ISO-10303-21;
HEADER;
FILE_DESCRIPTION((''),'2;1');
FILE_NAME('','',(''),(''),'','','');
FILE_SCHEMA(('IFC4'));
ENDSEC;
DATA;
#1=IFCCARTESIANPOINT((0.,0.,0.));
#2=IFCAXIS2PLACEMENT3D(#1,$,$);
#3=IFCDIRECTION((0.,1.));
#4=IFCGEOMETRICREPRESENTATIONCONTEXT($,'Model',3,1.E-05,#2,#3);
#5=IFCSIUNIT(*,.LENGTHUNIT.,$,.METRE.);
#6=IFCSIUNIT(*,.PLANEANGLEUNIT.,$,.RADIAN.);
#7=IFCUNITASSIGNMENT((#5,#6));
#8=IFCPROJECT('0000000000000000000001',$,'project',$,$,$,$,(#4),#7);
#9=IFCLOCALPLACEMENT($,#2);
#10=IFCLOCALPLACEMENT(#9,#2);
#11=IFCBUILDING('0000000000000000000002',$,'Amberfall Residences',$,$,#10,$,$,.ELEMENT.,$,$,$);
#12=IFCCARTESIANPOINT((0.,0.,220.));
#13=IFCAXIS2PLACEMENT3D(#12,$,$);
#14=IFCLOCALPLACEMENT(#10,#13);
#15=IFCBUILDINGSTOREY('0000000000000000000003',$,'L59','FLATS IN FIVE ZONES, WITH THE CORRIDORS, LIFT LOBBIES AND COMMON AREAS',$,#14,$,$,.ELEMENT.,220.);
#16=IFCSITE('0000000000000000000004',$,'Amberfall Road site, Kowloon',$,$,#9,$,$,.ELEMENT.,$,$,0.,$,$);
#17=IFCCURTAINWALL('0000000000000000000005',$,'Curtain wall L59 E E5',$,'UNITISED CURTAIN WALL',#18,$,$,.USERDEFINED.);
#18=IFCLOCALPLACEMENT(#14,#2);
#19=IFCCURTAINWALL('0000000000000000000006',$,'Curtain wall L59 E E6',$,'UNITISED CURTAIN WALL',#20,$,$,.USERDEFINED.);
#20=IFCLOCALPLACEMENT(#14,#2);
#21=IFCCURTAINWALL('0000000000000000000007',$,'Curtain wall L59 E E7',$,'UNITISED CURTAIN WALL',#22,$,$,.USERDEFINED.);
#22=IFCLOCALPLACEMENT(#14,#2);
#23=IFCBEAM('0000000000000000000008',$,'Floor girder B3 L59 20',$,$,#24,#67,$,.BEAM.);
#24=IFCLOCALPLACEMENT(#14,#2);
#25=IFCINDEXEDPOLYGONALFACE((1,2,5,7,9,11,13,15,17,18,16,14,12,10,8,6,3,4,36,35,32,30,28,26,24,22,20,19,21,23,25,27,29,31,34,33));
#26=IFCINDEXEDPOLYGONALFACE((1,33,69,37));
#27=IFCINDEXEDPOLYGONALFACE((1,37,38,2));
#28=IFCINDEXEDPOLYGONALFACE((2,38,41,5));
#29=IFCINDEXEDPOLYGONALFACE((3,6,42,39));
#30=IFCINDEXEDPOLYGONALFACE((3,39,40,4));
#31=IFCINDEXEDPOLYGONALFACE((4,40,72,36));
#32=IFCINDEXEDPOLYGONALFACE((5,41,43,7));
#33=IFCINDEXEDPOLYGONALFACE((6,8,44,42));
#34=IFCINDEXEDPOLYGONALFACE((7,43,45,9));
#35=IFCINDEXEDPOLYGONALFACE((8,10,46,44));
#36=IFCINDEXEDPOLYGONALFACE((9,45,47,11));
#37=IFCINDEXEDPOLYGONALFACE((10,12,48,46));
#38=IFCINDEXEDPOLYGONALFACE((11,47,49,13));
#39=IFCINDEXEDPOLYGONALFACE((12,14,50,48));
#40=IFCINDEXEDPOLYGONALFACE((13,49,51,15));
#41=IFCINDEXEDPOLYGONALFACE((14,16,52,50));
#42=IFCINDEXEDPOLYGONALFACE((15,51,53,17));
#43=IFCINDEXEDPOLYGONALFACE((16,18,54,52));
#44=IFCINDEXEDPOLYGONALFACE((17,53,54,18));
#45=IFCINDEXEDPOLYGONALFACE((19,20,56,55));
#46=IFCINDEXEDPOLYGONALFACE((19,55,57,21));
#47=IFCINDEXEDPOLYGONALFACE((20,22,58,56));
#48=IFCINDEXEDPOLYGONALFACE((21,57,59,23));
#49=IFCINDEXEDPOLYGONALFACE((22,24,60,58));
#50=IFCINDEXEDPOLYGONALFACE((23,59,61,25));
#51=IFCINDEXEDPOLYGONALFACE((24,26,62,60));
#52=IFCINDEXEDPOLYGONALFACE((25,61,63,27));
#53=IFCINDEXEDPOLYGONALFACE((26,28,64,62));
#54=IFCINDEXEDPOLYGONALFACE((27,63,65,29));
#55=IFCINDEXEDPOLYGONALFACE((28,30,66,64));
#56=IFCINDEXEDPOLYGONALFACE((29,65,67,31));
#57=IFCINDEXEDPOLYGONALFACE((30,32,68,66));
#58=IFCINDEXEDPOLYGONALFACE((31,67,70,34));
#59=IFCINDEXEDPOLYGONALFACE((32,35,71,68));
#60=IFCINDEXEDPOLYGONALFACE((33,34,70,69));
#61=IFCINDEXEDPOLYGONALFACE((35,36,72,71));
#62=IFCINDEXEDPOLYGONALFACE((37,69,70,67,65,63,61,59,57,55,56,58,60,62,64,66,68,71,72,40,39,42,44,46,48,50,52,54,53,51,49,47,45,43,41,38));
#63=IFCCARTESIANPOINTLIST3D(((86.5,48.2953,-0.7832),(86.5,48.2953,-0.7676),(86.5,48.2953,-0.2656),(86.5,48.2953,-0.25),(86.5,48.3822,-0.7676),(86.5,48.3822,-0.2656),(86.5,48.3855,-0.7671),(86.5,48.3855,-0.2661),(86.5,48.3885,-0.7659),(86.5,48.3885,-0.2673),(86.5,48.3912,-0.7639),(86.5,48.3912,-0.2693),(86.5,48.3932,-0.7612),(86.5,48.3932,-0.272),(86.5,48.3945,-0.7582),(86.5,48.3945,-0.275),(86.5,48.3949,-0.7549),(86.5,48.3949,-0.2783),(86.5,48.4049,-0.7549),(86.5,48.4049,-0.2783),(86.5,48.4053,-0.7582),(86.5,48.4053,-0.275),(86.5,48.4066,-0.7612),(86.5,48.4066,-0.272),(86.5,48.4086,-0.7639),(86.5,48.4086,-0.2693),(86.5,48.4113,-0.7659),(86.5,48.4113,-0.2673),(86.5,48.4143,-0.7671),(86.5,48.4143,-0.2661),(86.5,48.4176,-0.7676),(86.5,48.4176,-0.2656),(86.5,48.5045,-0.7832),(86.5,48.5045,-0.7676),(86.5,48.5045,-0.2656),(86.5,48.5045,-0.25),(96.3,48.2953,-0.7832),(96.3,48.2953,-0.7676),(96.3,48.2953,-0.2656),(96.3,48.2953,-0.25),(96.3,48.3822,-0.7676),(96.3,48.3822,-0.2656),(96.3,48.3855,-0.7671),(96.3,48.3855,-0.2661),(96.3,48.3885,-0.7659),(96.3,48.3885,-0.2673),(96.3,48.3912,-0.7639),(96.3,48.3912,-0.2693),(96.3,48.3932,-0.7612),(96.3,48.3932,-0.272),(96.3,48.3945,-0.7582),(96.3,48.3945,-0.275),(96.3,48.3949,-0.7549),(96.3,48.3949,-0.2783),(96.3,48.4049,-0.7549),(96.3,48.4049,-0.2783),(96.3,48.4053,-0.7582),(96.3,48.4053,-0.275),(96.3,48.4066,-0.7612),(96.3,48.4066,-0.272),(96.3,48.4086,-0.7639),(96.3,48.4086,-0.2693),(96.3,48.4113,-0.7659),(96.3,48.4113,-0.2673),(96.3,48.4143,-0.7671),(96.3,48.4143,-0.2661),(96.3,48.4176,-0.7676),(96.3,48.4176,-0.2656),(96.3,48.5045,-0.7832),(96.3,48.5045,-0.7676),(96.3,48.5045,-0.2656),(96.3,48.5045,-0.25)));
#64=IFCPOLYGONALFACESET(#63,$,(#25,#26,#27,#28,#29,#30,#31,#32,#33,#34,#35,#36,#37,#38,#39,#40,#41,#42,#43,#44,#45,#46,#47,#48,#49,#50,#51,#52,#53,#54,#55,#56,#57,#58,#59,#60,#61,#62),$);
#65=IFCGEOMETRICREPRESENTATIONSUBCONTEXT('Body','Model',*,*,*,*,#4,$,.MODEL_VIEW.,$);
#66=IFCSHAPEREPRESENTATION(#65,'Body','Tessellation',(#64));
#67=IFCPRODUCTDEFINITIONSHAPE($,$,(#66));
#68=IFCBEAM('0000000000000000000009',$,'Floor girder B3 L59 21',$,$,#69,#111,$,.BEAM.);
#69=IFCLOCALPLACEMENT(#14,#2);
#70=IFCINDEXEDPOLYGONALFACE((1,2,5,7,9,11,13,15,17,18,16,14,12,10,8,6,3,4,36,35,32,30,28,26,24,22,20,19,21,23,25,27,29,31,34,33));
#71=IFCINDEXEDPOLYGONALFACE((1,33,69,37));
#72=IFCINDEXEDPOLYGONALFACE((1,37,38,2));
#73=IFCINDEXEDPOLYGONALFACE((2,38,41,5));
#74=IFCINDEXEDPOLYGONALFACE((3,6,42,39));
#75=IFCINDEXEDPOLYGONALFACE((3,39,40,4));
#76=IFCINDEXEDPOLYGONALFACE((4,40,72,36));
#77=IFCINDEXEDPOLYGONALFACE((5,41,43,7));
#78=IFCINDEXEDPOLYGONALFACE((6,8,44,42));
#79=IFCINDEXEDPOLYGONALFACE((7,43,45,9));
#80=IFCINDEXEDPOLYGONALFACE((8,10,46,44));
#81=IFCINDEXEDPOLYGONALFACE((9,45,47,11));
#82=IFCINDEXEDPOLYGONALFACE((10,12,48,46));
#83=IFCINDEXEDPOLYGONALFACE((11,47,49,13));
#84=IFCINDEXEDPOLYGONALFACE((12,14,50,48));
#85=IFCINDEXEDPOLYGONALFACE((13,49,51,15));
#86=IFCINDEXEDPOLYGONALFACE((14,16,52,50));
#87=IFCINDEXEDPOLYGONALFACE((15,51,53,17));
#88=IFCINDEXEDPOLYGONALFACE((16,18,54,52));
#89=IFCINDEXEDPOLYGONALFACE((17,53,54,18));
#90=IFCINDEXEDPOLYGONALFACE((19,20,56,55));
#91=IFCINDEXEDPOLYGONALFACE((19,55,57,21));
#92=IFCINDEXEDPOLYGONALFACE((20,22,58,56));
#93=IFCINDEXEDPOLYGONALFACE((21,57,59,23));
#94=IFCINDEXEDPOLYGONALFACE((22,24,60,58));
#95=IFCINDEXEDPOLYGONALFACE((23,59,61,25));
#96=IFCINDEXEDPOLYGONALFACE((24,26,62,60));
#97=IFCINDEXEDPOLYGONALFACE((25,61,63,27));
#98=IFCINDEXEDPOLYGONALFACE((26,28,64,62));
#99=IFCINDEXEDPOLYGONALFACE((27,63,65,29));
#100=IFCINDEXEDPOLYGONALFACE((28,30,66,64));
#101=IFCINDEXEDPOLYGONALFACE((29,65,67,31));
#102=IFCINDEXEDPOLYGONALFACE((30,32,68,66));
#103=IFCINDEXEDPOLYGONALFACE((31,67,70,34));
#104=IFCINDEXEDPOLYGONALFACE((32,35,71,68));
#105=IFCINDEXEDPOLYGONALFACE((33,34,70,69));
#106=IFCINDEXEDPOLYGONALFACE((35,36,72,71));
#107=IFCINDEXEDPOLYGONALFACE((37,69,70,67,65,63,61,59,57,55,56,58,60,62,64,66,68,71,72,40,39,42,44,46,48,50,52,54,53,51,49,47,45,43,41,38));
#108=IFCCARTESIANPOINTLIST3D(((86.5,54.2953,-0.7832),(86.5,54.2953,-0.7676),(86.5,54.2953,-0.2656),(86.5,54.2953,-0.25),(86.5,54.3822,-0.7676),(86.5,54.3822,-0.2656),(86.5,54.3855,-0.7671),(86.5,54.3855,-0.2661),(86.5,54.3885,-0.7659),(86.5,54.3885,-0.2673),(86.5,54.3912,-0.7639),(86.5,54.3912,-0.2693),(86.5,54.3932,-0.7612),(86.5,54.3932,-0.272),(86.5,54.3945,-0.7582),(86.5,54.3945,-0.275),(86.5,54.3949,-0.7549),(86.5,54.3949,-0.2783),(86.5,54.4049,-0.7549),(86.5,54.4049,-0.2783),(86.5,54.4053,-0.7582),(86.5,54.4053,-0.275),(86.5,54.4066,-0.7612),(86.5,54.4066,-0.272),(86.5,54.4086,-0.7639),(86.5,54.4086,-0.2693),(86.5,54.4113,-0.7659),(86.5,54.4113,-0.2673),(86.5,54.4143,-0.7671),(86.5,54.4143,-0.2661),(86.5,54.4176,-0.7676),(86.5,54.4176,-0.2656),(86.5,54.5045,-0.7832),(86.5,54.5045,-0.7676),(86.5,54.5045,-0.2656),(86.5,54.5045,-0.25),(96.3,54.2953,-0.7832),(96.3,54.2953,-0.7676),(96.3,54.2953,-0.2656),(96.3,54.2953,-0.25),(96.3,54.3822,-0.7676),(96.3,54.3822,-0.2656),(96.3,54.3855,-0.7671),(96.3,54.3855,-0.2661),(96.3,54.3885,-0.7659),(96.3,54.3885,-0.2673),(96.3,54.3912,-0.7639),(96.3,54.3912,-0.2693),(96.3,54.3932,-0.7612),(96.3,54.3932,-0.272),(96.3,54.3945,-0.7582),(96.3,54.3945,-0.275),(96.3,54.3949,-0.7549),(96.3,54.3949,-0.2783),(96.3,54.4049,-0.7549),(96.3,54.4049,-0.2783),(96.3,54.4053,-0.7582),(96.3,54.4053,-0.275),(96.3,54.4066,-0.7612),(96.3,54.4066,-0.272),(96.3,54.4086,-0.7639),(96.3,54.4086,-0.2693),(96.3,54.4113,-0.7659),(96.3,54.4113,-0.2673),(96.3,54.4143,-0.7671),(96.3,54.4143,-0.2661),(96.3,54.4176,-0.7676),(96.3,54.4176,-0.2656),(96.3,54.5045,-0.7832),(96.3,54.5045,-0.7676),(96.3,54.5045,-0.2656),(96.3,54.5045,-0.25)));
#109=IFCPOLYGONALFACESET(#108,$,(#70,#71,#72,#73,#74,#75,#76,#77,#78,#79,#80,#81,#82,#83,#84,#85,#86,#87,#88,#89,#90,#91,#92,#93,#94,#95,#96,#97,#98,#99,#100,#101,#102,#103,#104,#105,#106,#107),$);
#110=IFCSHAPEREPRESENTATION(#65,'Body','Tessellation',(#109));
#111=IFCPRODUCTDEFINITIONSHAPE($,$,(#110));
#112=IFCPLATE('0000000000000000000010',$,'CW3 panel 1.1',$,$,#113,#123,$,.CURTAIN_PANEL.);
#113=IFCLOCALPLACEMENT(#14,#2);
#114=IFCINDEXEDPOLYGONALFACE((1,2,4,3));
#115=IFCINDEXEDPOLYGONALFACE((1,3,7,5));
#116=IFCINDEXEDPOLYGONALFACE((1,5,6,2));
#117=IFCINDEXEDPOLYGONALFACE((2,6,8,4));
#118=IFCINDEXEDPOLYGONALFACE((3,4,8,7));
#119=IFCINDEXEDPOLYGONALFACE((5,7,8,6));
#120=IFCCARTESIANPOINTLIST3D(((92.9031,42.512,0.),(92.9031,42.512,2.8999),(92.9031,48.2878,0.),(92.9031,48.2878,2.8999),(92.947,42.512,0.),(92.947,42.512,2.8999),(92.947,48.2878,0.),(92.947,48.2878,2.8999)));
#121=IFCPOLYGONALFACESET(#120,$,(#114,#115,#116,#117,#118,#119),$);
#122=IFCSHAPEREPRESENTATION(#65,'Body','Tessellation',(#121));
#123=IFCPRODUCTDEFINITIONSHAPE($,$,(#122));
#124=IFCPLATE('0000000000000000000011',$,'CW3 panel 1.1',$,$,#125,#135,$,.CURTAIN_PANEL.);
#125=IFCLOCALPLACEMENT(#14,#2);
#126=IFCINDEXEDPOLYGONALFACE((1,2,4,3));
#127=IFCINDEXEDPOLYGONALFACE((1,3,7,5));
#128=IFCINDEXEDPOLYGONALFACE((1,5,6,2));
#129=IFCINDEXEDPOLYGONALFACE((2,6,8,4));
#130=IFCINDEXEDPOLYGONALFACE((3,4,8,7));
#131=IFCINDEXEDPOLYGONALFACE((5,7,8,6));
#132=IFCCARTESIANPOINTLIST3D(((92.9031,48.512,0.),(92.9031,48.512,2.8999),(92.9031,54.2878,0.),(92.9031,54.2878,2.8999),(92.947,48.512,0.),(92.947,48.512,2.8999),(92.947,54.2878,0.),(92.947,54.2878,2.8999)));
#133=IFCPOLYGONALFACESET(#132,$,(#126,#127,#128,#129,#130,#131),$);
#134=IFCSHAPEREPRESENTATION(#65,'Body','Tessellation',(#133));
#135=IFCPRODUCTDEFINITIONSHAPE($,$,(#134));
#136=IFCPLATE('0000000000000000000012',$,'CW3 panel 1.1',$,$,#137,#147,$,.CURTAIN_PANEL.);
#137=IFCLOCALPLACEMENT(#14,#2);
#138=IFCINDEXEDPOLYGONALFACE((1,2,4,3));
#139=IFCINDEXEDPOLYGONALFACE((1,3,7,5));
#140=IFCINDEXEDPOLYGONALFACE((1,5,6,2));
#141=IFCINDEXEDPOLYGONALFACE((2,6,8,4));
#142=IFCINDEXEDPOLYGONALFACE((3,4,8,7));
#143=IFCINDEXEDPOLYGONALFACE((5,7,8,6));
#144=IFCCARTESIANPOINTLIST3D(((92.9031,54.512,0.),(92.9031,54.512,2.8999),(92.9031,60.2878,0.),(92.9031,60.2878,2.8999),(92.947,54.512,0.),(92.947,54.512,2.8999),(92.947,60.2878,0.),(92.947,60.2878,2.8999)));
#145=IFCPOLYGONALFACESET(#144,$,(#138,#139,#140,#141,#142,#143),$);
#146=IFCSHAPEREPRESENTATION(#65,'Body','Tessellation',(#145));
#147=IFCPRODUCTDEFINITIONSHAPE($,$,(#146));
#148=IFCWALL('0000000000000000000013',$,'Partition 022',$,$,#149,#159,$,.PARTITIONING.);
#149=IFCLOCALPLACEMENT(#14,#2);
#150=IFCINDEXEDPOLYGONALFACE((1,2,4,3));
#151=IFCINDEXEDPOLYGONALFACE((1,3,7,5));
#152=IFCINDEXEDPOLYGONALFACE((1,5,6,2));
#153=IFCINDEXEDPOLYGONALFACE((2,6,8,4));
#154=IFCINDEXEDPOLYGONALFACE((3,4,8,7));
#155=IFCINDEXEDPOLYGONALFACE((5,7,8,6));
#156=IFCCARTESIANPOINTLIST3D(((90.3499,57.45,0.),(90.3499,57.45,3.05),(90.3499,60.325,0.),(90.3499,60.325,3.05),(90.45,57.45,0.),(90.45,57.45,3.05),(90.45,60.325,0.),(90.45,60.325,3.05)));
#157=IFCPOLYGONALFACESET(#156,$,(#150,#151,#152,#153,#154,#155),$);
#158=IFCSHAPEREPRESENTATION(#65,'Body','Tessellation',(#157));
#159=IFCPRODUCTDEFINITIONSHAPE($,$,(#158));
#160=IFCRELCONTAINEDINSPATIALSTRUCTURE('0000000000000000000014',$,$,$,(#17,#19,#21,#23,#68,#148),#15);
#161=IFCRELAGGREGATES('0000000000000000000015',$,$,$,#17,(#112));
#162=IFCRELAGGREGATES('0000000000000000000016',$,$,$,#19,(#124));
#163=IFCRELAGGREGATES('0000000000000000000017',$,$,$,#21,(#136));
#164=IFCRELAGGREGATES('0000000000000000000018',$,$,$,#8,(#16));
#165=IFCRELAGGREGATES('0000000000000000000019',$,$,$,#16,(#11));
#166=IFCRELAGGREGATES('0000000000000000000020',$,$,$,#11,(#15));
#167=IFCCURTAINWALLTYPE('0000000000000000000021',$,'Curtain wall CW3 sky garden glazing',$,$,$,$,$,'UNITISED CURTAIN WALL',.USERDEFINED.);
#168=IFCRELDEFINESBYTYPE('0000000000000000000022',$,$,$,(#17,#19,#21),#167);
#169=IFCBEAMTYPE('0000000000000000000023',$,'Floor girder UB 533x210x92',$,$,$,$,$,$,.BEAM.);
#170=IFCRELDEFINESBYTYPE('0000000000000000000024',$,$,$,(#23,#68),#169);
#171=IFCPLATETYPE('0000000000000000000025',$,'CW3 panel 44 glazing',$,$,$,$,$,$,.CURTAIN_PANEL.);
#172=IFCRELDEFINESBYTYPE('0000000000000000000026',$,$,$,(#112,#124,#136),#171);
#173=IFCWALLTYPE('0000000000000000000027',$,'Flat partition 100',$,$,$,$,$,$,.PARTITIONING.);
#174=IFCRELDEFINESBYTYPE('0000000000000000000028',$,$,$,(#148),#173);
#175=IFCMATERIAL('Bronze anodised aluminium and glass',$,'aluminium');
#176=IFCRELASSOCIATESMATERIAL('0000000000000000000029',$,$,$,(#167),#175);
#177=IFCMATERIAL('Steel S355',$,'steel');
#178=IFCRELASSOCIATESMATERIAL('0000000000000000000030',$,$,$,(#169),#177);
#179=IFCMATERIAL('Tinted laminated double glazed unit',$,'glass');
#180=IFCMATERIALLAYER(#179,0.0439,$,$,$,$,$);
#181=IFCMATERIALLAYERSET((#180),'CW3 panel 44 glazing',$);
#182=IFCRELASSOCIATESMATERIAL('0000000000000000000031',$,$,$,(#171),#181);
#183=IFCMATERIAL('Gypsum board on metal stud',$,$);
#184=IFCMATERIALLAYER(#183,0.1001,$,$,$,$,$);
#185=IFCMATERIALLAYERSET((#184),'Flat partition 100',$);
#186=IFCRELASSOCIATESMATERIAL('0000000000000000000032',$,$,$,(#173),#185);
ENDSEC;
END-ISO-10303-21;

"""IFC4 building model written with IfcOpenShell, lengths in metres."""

from ifc_helpers import new_model, si_unit, direction, frame, frame_2d, origin, origin_2d, place, context, subcontext, project, spatial, rectangle, i_section, extrude, material, layer, layer_set, material_profile, profile_set, type_object, element, aggregate, save


model = new_model("IFC4")

# Units and contexts
model_context = context("Model", 3, precision=1e-05, world=origin(), true_north=direction((0.0, 1.0)))
body_context = subcontext(model_context, "Body", "Model", "MODEL_VIEW")
ifc_project = project(units=[si_unit("LENGTHUNIT", "METRE"), si_unit("PLANEANGLEUNIT", "RADIAN")], contexts=[model_context])

# Site, building, storey
site_placement = place(None, origin())
site = spatial("IfcSite", under=ifc_project, at=site_placement, Name="Amberfall Road site, Kowloon", CompositionType="ELEMENT", RefElevation=0.0)
building_placement = place(site_placement, origin())
building = spatial("IfcBuilding", under=site, at=building_placement, Name="Amberfall Residences", CompositionType="ELEMENT")
storey_placement = place(building_placement, frame((0.0, 0.0, 220.0)))
storey = spatial("IfcBuildingStorey", under=building, at=storey_placement, Name="L59", Description="FLATS IN FIVE ZONES, WITH THE CORRIDORS, LIFT LOBBIES AND COMMON AREAS", CompositionType="ELEMENT", Elevation=220.0)

# Curtain walls
ifc_material_1 = material(Name="Bronze anodised aluminium and glass", Category="aluminium")
curtain_wall_type = type_object("IfcCurtainWallType", Name="Curtain wall CW3 sky garden glazing", ElementType="UNITISED CURTAIN WALL", PredefinedType="USERDEFINED", material=ifc_material_1)
curtain_wall_1_placement = place(storey_placement, origin())
curtain_wall_1 = element("IfcCurtainWall", 1, at=curtain_wall_1_placement, inside=storey, type_object=curtain_wall_type, Name="Curtain wall L59 E E5", ObjectType="UNITISED CURTAIN WALL", PredefinedType="USERDEFINED")
curtain_wall_2_placement = place(storey_placement, origin())
curtain_wall_2 = element("IfcCurtainWall", 2, at=curtain_wall_2_placement, inside=storey, type_object=curtain_wall_type, Name="Curtain wall L59 E E6", ObjectType="UNITISED CURTAIN WALL", PredefinedType="USERDEFINED")
curtain_wall_3_placement = place(storey_placement, origin())
curtain_wall_3 = element("IfcCurtainWall", 3, at=curtain_wall_3_placement, inside=storey, type_object=curtain_wall_type, Name="Curtain wall L59 E E7", ObjectType="UNITISED CURTAIN WALL", PredefinedType="USERDEFINED")

# Beams
ifc_material_2 = material(Name="Steel S355", Category="steel")
ifc_material_profile_1 = material_profile(ifc_material_2, i_section(OverallWidth=0.2092, OverallDepth=0.5332, WebThickness=0.01, FlangeThickness=0.0156, FilletRadius=0.0127, at=origin_2d()), Name="UB 533x210x92")
ifc_profile_set_1 = profile_set([ifc_material_profile_1], Name="Steel S355")
beam_type_1 = type_object("IfcBeamType", Name="Floor girder UB 533x210x92", PredefinedType="BEAM", material=ifc_profile_set_1)
for number, where, z_axis, x_axis, name in (
    (4, (96.3, 48.3999, -0.5166), (-1.0, 0.0, 0.0), (0.0, -1.0, 0.0), "Floor girder B3 L59 20"),
    (5, (96.3, 54.3999, -0.5166), (-1.0, 0.0, 0.0), (0.0, -1.0, 0.0), "Floor girder B3 L59 21"),
):
    element("IfcBeam", number, at=place(storey_placement, frame(where, z_axis=z_axis, x_axis=x_axis)), inside=storey, type_object=beam_type_1, Name=name, PredefinedType="BEAM", context=body_context, shape_type="SweptSolid", body=[
        extrude(i_section(OverallWidth=0.2092, OverallDepth=0.5332, WebThickness=0.01, FlangeThickness=0.0156, FilletRadius=0.0127, at=origin_2d()), origin(), (0.0, 0.0, 1.0), 9.8),
    ])

# Plates
ifc_material_3 = material(Name="Tinted laminated double glazed unit", Category="glass")
ifc_layer_1 = layer(ifc_material_3, 0.0439)
ifc_layer_set_1 = layer_set([ifc_layer_1], Name="CW3 panel 44 glazing")
plate_type = type_object("IfcPlateType", Name="CW3 panel 44 glazing", PredefinedType="CURTAIN_PANEL", material=ifc_layer_set_1)
plate_1_placement = place(storey_placement, frame((92.925, 45.3999, 0.0), z_axis=(0.0, 0.0, 1.0), x_axis=(0.0, 1.0, 0.0)))
plate_1 = element("IfcPlate", 6, at=plate_1_placement, type_object=plate_type, Name="CW3 panel 1.1", PredefinedType="CURTAIN_PANEL", context=body_context, shape_type="SweptSolid", body=[
    extrude(rectangle(XDim=5.7759, YDim=0.0439, at=origin_2d()), origin(), (0.0, 0.0, 1.0), 2.8999),
])
aggregate(curtain_wall_1, [plate_1])
plate_2_placement = place(storey_placement, frame((92.925, 51.3999, 0.0), z_axis=(0.0, 0.0, 1.0), x_axis=(0.0, 1.0, 0.0)))
plate_2 = element("IfcPlate", 7, at=plate_2_placement, type_object=plate_type, Name="CW3 panel 1.1", PredefinedType="CURTAIN_PANEL", context=body_context, shape_type="SweptSolid", body=[
    extrude(rectangle(XDim=5.7759, YDim=0.0439, at=origin_2d()), origin(), (0.0, 0.0, 1.0), 2.8999),
])
aggregate(curtain_wall_2, [plate_2])
plate_3_placement = place(storey_placement, frame((92.925, 57.3999, 0.0), z_axis=(0.0, 0.0, 1.0), x_axis=(0.0, 1.0, 0.0)))
plate_3 = element("IfcPlate", 8, at=plate_3_placement, type_object=plate_type, Name="CW3 panel 1.1", PredefinedType="CURTAIN_PANEL", context=body_context, shape_type="SweptSolid", body=[
    extrude(rectangle(XDim=5.7759, YDim=0.0439, at=origin_2d()), origin(), (0.0, 0.0, 1.0), 2.8999),
])
aggregate(curtain_wall_3, [plate_3])

# Wall
ifc_material_4 = material(Name="Gypsum board on metal stud")
ifc_layer_2 = layer(ifc_material_4, 0.1001)
ifc_layer_set_2 = layer_set([ifc_layer_2], Name="Flat partition 100")
wall_type = type_object("IfcWallType", Name="Flat partition 100", PredefinedType="PARTITIONING", material=ifc_layer_set_2)
wall_placement = place(storey_placement, frame((90.3999, 57.45, 0.0), z_axis=(0.0, 0.0, 1.0), x_axis=(0.0, 1.0, 0.0)))
element("IfcWall", 9, at=wall_placement, inside=storey, type_object=wall_type, Name="Partition 022", PredefinedType="PARTITIONING", context=body_context, shape_type="SweptSolid", body=[
    extrude(rectangle(XDim=2.875, YDim=0.1001, at=frame_2d((1.4375, 0.0))), origin(), (0.0, 0.0, 1.0), 3.05),
])

save(model, "model.ifc")
